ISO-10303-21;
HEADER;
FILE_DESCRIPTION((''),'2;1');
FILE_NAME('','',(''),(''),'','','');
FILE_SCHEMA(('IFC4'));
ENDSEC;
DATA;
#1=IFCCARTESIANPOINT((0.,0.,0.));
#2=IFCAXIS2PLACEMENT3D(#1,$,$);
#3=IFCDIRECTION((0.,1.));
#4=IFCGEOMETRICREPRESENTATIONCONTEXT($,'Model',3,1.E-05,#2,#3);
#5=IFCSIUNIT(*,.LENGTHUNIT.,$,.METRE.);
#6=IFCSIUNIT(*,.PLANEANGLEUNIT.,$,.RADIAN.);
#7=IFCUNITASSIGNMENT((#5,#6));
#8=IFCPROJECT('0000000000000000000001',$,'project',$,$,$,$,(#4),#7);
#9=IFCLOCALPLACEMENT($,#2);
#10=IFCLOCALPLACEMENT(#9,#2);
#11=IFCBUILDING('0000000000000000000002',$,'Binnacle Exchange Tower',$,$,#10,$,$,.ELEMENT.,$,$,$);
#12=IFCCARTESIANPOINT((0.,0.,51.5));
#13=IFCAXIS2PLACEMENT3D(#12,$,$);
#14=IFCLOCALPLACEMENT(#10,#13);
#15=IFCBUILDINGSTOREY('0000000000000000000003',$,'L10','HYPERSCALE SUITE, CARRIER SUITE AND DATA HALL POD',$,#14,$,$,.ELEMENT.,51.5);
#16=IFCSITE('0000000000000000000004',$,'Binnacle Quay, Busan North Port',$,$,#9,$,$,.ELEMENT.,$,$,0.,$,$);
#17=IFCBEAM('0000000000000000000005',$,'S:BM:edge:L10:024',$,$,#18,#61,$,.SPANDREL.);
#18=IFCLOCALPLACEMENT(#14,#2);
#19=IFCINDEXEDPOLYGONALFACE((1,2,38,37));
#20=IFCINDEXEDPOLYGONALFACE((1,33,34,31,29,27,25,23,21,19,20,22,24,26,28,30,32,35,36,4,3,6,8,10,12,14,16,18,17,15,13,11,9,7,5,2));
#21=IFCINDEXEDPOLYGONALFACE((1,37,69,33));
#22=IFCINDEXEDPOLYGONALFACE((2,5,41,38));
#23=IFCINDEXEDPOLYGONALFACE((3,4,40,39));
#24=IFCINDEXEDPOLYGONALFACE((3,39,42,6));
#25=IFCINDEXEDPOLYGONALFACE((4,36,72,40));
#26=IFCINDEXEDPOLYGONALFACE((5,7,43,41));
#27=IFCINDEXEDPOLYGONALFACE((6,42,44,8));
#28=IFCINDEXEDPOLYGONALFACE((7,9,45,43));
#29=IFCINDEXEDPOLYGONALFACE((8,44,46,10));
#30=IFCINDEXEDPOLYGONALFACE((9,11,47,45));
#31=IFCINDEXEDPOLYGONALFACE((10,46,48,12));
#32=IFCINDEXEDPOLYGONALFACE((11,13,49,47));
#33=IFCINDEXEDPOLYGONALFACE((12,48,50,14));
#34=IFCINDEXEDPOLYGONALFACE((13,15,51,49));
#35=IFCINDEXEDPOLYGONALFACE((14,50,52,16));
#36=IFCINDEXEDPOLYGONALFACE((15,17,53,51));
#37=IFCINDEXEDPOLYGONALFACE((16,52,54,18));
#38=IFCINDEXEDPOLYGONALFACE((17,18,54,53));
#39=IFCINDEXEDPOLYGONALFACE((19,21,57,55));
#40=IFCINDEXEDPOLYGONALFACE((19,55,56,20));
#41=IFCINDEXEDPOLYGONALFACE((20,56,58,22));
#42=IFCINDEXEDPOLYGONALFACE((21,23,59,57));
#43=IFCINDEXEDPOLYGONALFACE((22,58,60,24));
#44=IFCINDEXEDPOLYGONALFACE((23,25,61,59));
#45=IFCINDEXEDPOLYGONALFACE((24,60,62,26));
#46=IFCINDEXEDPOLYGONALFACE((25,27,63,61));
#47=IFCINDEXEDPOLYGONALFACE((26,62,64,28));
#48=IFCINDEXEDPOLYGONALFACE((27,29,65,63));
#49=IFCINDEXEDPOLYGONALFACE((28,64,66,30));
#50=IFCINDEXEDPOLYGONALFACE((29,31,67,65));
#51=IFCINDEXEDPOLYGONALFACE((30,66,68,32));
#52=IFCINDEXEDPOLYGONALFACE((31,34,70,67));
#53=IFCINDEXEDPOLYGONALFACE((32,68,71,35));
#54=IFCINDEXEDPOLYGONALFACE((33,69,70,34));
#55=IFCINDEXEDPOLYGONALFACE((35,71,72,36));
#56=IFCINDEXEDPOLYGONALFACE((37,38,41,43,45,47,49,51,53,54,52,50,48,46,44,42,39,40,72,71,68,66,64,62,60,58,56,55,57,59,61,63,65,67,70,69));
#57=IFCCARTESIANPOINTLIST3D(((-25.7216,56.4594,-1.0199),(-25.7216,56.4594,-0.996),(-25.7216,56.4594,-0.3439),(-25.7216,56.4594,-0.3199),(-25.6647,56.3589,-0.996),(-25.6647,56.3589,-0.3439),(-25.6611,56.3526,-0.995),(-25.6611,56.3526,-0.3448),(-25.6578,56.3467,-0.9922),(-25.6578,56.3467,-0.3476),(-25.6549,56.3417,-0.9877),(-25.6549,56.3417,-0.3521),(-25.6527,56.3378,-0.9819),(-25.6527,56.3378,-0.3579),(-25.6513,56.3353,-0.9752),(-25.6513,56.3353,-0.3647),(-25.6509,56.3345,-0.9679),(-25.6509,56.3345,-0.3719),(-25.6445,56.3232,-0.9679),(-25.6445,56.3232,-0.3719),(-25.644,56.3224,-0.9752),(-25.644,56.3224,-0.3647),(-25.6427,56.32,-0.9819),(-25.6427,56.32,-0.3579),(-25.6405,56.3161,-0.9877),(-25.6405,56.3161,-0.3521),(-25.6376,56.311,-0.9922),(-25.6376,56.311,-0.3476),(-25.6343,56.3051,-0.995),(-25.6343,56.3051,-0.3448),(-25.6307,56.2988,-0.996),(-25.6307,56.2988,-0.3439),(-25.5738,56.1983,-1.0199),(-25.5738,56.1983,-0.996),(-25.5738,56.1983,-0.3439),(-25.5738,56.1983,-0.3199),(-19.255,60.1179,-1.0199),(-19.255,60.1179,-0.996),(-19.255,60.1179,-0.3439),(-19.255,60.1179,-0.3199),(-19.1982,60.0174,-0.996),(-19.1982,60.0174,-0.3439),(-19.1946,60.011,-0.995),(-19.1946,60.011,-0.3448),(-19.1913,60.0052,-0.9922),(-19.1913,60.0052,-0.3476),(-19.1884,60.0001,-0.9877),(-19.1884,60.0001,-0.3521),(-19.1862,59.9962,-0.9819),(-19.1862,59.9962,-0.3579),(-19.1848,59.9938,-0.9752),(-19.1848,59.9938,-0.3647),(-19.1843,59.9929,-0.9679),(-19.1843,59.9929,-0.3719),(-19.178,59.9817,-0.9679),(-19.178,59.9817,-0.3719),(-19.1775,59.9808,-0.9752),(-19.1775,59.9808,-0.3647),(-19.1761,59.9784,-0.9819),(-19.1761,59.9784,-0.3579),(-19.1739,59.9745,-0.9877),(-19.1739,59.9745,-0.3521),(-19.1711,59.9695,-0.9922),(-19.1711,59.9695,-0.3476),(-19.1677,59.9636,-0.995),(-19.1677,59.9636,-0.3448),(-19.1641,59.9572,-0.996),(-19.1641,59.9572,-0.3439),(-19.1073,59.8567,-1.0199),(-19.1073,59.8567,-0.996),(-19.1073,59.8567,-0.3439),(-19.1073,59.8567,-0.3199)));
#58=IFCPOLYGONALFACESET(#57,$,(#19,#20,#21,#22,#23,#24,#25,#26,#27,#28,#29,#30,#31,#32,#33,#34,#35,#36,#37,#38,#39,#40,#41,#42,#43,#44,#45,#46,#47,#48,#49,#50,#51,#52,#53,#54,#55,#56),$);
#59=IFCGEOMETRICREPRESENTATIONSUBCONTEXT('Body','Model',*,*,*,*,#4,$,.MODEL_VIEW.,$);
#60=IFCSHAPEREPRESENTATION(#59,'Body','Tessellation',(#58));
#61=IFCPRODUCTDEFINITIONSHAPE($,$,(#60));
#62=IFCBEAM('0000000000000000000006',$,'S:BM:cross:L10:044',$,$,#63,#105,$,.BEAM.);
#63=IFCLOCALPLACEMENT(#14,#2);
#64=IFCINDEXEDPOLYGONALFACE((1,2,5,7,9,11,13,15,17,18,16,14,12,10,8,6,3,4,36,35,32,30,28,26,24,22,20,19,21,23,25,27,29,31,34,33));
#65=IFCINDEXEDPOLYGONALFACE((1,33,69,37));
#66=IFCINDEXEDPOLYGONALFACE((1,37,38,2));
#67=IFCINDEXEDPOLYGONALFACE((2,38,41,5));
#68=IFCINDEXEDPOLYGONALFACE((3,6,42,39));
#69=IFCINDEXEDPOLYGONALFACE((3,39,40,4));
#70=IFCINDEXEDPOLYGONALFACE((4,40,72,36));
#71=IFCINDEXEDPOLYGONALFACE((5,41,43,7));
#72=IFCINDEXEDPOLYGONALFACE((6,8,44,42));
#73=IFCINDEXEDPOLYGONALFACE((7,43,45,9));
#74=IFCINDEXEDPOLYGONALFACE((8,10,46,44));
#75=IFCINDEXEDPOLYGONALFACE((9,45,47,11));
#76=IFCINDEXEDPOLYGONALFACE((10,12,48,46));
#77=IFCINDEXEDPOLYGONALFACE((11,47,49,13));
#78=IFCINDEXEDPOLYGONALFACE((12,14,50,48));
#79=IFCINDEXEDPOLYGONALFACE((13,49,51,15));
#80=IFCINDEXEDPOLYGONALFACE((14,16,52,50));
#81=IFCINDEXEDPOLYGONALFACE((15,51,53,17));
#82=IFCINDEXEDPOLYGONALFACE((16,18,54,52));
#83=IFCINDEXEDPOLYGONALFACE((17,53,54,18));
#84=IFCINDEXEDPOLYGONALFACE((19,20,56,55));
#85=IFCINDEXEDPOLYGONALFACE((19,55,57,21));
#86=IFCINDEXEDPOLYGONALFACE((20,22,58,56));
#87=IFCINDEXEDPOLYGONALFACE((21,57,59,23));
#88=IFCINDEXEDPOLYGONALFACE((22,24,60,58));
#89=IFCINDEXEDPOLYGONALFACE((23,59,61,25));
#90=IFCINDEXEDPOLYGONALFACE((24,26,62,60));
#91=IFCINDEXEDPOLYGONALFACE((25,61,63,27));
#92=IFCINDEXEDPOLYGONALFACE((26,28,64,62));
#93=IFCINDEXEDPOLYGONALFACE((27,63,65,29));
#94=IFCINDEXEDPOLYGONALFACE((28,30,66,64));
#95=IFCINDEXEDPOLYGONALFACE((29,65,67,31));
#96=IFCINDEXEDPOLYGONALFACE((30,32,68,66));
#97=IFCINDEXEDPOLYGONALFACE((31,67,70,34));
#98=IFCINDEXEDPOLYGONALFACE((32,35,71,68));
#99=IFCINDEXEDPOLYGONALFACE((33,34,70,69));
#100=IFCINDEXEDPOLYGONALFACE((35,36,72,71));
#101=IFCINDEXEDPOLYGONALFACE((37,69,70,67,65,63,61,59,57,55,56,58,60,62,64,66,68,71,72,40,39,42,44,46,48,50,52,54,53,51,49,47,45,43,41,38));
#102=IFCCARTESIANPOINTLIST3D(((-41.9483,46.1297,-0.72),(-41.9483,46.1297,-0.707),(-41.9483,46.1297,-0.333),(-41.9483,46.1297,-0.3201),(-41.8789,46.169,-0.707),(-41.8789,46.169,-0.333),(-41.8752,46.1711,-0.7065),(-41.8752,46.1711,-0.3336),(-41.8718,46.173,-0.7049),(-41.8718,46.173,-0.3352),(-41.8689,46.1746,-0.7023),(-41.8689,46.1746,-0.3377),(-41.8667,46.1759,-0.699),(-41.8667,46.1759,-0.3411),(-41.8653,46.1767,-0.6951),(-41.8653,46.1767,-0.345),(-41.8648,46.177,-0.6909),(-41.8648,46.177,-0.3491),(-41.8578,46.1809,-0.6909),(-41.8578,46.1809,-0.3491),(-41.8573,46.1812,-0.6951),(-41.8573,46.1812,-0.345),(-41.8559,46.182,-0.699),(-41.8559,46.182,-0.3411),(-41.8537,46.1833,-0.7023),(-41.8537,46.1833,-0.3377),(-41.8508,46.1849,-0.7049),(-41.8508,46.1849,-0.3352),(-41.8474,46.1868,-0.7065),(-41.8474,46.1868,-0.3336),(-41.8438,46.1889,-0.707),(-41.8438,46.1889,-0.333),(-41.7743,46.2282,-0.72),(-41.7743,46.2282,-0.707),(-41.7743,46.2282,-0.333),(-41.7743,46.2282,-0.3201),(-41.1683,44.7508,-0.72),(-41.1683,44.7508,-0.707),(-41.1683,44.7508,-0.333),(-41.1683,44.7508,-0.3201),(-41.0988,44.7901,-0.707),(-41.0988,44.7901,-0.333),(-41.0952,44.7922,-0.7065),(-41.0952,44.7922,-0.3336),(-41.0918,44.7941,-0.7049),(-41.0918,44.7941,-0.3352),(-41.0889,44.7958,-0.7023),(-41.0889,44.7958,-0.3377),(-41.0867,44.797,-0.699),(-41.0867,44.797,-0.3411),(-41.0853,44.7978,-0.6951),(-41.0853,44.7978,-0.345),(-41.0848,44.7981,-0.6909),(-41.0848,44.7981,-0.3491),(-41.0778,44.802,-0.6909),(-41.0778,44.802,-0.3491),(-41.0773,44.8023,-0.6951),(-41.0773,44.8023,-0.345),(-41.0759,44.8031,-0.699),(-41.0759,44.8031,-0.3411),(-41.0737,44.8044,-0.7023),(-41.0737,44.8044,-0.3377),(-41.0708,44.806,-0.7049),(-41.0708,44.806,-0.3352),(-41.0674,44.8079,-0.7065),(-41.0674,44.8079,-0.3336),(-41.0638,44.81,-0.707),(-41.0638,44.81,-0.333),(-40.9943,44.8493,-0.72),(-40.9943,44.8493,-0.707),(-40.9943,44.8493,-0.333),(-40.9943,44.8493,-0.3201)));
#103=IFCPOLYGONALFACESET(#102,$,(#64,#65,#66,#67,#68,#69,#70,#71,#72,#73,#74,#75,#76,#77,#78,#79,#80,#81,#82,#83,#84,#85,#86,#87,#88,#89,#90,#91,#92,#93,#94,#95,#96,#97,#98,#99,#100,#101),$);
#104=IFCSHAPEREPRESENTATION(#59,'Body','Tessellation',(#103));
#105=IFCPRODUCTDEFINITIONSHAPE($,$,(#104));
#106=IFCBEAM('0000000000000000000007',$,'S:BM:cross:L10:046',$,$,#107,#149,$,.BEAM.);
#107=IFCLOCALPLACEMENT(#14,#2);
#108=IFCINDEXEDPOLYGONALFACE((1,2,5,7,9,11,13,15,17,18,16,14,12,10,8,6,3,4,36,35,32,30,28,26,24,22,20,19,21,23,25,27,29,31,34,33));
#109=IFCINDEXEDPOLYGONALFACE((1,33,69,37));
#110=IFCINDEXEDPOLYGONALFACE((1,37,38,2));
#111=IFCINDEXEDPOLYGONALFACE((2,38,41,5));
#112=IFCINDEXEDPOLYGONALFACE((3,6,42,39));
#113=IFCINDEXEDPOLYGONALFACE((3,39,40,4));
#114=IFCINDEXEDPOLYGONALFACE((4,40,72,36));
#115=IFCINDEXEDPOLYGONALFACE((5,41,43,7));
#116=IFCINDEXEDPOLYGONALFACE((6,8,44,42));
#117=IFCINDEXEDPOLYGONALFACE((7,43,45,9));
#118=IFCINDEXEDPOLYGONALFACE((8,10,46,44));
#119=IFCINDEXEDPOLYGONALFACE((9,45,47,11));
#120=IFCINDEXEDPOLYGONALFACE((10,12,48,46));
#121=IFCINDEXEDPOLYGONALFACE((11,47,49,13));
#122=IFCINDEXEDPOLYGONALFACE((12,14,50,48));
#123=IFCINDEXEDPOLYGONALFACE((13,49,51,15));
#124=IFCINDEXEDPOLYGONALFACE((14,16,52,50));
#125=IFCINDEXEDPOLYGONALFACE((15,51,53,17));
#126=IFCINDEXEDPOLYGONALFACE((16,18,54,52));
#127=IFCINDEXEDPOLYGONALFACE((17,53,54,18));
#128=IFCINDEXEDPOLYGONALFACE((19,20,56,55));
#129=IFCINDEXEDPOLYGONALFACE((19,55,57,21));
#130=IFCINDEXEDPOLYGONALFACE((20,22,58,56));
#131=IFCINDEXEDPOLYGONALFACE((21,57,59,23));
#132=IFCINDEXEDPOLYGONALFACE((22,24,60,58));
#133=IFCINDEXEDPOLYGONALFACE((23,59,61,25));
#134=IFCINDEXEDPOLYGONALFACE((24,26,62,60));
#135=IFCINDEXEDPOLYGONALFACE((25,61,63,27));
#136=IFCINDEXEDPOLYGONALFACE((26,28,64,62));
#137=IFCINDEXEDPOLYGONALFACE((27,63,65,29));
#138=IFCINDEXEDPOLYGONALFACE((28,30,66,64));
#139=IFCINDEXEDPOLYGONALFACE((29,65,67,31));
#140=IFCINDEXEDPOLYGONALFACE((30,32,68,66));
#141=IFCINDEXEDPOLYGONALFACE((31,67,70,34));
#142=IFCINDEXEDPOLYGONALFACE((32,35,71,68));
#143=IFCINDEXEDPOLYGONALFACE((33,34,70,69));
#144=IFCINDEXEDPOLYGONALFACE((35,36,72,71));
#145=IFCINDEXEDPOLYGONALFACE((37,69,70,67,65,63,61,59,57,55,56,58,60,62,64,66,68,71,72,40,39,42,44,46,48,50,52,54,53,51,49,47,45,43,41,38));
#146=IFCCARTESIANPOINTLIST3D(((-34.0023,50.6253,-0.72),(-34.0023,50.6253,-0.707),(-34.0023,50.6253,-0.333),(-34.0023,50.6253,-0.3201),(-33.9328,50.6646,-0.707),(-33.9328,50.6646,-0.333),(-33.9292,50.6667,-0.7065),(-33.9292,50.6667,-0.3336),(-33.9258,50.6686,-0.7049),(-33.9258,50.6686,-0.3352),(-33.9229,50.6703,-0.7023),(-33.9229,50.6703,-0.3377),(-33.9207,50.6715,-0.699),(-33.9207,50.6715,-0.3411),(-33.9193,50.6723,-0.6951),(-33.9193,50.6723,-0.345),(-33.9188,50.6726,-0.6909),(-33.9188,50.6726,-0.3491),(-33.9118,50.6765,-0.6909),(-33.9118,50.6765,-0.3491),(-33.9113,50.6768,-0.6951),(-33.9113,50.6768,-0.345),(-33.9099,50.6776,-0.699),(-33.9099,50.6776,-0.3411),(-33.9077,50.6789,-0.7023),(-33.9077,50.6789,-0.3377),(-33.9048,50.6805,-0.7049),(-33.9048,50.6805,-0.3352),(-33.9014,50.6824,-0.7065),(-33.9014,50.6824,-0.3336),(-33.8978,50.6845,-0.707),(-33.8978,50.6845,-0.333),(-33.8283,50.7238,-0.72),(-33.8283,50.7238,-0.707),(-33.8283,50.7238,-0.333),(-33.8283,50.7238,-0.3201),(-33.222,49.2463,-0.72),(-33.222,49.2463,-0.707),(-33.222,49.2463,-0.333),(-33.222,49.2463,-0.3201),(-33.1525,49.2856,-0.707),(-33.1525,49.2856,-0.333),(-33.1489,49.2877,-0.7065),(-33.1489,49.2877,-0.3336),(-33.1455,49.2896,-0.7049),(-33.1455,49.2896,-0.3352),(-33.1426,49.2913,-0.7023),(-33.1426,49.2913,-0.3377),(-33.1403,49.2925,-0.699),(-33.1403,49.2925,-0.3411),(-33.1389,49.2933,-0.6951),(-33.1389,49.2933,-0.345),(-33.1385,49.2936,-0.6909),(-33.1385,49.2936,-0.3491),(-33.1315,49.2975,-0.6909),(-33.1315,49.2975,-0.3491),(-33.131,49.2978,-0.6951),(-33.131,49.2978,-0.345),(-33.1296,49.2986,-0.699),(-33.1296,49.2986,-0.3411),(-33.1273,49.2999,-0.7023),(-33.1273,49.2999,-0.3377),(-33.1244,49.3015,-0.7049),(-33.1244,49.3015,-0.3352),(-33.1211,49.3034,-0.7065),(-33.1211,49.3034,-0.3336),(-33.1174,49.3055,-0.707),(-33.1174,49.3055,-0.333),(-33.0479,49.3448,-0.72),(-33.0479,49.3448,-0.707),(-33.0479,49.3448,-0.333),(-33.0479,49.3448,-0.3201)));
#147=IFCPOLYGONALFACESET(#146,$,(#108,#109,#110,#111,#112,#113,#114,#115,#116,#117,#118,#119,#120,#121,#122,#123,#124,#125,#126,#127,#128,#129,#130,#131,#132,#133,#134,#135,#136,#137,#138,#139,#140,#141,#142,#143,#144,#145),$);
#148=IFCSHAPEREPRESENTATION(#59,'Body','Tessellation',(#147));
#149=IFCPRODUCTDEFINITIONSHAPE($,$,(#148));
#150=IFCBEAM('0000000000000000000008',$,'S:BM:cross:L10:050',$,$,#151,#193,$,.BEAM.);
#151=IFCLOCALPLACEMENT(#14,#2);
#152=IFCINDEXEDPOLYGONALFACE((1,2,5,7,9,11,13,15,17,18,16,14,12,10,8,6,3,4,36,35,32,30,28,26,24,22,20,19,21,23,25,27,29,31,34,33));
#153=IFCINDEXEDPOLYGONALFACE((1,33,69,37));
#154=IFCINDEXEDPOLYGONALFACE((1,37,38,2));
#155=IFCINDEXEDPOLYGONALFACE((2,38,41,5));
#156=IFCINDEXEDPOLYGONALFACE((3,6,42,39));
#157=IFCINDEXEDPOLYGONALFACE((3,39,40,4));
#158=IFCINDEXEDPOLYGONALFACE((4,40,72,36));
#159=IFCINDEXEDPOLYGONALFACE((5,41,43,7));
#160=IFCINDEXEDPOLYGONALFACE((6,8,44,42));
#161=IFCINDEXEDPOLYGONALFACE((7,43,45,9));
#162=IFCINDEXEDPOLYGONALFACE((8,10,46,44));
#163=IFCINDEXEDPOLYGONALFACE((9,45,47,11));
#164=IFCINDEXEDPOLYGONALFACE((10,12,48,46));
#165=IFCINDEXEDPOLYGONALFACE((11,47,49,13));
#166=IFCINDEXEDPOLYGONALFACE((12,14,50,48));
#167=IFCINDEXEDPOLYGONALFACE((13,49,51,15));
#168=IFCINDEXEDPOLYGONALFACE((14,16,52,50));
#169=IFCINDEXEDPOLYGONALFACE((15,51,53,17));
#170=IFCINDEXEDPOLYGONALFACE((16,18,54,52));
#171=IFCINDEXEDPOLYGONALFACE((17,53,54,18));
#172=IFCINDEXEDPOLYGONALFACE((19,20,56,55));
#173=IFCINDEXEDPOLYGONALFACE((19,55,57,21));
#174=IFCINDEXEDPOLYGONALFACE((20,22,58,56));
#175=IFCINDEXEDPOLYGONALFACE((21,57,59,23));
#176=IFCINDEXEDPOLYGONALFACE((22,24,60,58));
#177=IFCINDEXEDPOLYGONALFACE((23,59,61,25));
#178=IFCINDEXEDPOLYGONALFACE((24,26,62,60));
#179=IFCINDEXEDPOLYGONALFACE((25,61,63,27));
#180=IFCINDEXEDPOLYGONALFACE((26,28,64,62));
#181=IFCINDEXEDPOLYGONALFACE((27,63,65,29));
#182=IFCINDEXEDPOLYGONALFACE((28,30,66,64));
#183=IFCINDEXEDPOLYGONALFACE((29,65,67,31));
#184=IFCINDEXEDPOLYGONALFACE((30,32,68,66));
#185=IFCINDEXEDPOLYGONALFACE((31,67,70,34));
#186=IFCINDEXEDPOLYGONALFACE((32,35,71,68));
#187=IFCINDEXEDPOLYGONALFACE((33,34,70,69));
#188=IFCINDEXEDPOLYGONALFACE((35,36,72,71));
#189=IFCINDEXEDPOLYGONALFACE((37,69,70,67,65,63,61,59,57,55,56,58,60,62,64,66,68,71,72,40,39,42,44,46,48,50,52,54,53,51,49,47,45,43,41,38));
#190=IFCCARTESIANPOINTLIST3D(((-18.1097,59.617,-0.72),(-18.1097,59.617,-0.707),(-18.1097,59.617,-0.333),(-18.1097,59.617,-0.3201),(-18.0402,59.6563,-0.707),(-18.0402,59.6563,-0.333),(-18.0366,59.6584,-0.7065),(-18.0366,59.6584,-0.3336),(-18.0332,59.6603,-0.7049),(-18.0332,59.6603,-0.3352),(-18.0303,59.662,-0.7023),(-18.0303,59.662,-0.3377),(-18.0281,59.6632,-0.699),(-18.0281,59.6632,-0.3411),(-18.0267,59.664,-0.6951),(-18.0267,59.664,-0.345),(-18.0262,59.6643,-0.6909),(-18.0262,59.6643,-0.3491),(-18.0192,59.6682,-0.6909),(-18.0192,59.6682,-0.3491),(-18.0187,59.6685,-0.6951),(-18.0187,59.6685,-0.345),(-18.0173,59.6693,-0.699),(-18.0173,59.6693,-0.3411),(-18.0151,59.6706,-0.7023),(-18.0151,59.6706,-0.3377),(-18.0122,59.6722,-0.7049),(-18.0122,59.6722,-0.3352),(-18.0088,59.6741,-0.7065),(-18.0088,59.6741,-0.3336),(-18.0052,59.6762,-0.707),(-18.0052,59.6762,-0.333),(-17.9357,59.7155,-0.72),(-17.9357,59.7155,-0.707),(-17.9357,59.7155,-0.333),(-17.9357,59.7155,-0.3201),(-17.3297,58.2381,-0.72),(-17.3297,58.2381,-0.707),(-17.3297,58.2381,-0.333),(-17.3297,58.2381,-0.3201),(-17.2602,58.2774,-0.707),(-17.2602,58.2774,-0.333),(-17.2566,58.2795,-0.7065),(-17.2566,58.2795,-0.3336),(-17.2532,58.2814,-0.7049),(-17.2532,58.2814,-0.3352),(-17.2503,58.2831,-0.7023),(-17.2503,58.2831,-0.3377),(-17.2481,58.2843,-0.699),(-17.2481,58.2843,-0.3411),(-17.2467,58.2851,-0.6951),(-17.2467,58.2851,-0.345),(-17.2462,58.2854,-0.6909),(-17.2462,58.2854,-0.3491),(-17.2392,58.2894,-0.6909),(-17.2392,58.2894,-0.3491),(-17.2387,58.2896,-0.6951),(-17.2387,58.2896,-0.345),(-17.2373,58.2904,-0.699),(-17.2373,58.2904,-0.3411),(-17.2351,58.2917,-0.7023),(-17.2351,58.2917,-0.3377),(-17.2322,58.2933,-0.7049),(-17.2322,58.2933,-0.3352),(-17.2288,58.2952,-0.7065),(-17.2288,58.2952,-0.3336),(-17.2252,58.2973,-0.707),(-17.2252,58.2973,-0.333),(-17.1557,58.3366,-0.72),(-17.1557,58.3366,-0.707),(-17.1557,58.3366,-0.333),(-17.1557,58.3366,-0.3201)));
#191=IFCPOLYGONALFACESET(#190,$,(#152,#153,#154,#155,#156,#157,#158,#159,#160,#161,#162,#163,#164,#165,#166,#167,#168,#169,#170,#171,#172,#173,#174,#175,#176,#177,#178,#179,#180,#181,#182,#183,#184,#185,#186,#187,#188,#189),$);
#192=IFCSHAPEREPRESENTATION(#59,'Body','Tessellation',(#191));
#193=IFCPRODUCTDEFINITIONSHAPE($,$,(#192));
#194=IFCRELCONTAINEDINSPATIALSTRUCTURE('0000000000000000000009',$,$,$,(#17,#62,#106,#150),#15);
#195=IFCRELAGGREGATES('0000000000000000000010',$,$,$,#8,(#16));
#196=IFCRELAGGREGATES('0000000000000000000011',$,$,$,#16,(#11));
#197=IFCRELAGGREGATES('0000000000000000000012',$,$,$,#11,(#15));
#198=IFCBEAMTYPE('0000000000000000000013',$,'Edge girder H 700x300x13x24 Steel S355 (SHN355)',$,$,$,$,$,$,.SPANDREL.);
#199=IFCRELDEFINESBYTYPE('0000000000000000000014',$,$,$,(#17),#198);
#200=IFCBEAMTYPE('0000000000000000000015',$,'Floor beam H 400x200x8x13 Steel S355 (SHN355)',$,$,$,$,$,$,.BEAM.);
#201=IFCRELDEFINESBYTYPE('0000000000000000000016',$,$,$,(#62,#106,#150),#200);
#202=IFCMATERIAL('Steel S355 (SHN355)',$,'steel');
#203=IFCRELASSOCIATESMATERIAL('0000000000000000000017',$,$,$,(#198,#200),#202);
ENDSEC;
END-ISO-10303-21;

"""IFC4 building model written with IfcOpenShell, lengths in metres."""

from ifc_helpers import new_model, si_unit, direction, frame, origin, origin_2d, place, context, subcontext, project, spatial, i_section, extrude, material, material_profile, profile_set, type_object, element, save


model = new_model("IFC4")

# Units and contexts
model_context = context("Model", 3, precision=1e-05, world=origin(), true_north=direction((0.0, 1.0)))
body_context = subcontext(model_context, "Body", "Model", "MODEL_VIEW")
ifc_project = project(units=[si_unit("LENGTHUNIT", "METRE"), si_unit("PLANEANGLEUNIT", "RADIAN")], contexts=[model_context])

# Site, building, storey
site_placement = place(None, origin())
site = spatial("IfcSite", under=ifc_project, at=site_placement, Name="Binnacle Quay, Busan North Port", CompositionType="ELEMENT", RefElevation=0.0)
building_placement = place(site_placement, origin())
building = spatial("IfcBuilding", under=site, at=building_placement, Name="Binnacle Exchange Tower", CompositionType="ELEMENT")
storey_placement = place(building_placement, frame((0.0, 0.0, 51.5)))
storey = spatial("IfcBuildingStorey", under=building, at=storey_placement, Name="L10", Description="HYPERSCALE SUITE, CARRIER SUITE AND DATA HALL POD", CompositionType="ELEMENT", Elevation=51.5)

# Beams
ifc_material_1 = material(Name="Steel S355 (SHN355)", Category="steel")
ifc_material_profile_1 = material_profile(ifc_material_1, i_section(OverallWidth=0.3, OverallDepth=0.7, WebThickness=0.0129, FlangeThickness=0.0239, FilletRadius=0.0281, at=origin_2d()), Name="H 700x300x13x24")
ifc_profile_set_1 = profile_set([ifc_material_profile_1], Name="Steel S355 (SHN355)")
beam_type_1 = type_object("IfcBeamType", Name="Edge girder H 700x300x13x24 Steel S355 (SHN355)", PredefinedType="SPANDREL", material=ifc_profile_set_1)
beam_1_placement = place(storey_placement, frame((-19.1812, 59.9873, -0.6699), z_axis=(-0.870364, -0.492408, 0.0), x_axis=(0.492408, -0.870364, 0.0)))
element("IfcBeam", 1, at=beam_1_placement, inside=storey, type_object=beam_type_1, Name="S:BM:edge:L10:024", PredefinedType="SPANDREL", context=body_context, shape_type="SweptSolid", body=[
    extrude(i_section(OverallWidth=0.3, OverallDepth=0.7, WebThickness=0.0129, FlangeThickness=0.0239, FilletRadius=0.0281, at=origin_2d()), origin(), (0.0, 0.0, 1.0), 7.4297),
])
ifc_material_profile_2 = material_profile(ifc_material_1, i_section(OverallWidth=0.2, OverallDepth=0.3999, WebThickness=0.0081, FlangeThickness=0.0129, FilletRadius=0.0161, at=origin_2d()), Name="H 400x200x8x13")
ifc_profile_set_2 = profile_set([ifc_material_profile_2], Name="Steel S355 (SHN355)")
beam_type_2 = type_object("IfcBeamType", Name="Floor beam H 400x200x8x13 Steel S355 (SHN355)", PredefinedType="BEAM", material=ifc_profile_set_2)
beam_2_placement = place(storey_placement, frame((-41.8613, 46.179, -0.52), z_axis=(0.492367, -0.870388, 0.0), x_axis=(0.870388, 0.492367, 0.0)))
element("IfcBeam", 2, at=beam_2_placement, inside=storey, type_object=beam_type_2, Name="S:BM:cross:L10:044", PredefinedType="BEAM", context=body_context, shape_type="SweptSolid", body=[
    extrude(i_section(OverallWidth=0.2, OverallDepth=0.3999, WebThickness=0.0081, FlangeThickness=0.0129, FilletRadius=0.0161, at=origin_2d()), origin(), (0.0, 0.0, 1.0), 1.5842),
])
beam_3_placement = place(storey_placement, frame((-33.9153, 50.6746, -0.52), z_axis=(0.492484, -0.870322, 0.0), x_axis=(0.870322, 0.492484, 0.0)))
element("IfcBeam", 3, at=beam_3_placement, inside=storey, type_object=beam_type_2, Name="S:BM:cross:L10:046", PredefinedType="BEAM", context=body_context, shape_type="SweptSolid", body=[
    extrude(i_section(OverallWidth=0.2, OverallDepth=0.3999, WebThickness=0.0081, FlangeThickness=0.0129, FilletRadius=0.0161, at=origin_2d()), origin(), (0.0, 0.0, 1.0), 1.5845),
])
beam_4_placement = place(storey_placement, frame((-18.0227, 59.6663, -0.52), z_axis=(0.492367, -0.870388, 0.0), x_axis=(0.870388, 0.492367, 0.0)))
element("IfcBeam", 4, at=beam_4_placement, inside=storey, type_object=beam_type_2, Name="S:BM:cross:L10:050", PredefinedType="BEAM", context=body_context, shape_type="SweptSolid", body=[
    extrude(i_section(OverallWidth=0.2, OverallDepth=0.3999, WebThickness=0.0081, FlangeThickness=0.0129, FilletRadius=0.0161, at=origin_2d()), origin(), (0.0, 0.0, 1.0), 1.5842),
])

save(model, "model.ifc")
